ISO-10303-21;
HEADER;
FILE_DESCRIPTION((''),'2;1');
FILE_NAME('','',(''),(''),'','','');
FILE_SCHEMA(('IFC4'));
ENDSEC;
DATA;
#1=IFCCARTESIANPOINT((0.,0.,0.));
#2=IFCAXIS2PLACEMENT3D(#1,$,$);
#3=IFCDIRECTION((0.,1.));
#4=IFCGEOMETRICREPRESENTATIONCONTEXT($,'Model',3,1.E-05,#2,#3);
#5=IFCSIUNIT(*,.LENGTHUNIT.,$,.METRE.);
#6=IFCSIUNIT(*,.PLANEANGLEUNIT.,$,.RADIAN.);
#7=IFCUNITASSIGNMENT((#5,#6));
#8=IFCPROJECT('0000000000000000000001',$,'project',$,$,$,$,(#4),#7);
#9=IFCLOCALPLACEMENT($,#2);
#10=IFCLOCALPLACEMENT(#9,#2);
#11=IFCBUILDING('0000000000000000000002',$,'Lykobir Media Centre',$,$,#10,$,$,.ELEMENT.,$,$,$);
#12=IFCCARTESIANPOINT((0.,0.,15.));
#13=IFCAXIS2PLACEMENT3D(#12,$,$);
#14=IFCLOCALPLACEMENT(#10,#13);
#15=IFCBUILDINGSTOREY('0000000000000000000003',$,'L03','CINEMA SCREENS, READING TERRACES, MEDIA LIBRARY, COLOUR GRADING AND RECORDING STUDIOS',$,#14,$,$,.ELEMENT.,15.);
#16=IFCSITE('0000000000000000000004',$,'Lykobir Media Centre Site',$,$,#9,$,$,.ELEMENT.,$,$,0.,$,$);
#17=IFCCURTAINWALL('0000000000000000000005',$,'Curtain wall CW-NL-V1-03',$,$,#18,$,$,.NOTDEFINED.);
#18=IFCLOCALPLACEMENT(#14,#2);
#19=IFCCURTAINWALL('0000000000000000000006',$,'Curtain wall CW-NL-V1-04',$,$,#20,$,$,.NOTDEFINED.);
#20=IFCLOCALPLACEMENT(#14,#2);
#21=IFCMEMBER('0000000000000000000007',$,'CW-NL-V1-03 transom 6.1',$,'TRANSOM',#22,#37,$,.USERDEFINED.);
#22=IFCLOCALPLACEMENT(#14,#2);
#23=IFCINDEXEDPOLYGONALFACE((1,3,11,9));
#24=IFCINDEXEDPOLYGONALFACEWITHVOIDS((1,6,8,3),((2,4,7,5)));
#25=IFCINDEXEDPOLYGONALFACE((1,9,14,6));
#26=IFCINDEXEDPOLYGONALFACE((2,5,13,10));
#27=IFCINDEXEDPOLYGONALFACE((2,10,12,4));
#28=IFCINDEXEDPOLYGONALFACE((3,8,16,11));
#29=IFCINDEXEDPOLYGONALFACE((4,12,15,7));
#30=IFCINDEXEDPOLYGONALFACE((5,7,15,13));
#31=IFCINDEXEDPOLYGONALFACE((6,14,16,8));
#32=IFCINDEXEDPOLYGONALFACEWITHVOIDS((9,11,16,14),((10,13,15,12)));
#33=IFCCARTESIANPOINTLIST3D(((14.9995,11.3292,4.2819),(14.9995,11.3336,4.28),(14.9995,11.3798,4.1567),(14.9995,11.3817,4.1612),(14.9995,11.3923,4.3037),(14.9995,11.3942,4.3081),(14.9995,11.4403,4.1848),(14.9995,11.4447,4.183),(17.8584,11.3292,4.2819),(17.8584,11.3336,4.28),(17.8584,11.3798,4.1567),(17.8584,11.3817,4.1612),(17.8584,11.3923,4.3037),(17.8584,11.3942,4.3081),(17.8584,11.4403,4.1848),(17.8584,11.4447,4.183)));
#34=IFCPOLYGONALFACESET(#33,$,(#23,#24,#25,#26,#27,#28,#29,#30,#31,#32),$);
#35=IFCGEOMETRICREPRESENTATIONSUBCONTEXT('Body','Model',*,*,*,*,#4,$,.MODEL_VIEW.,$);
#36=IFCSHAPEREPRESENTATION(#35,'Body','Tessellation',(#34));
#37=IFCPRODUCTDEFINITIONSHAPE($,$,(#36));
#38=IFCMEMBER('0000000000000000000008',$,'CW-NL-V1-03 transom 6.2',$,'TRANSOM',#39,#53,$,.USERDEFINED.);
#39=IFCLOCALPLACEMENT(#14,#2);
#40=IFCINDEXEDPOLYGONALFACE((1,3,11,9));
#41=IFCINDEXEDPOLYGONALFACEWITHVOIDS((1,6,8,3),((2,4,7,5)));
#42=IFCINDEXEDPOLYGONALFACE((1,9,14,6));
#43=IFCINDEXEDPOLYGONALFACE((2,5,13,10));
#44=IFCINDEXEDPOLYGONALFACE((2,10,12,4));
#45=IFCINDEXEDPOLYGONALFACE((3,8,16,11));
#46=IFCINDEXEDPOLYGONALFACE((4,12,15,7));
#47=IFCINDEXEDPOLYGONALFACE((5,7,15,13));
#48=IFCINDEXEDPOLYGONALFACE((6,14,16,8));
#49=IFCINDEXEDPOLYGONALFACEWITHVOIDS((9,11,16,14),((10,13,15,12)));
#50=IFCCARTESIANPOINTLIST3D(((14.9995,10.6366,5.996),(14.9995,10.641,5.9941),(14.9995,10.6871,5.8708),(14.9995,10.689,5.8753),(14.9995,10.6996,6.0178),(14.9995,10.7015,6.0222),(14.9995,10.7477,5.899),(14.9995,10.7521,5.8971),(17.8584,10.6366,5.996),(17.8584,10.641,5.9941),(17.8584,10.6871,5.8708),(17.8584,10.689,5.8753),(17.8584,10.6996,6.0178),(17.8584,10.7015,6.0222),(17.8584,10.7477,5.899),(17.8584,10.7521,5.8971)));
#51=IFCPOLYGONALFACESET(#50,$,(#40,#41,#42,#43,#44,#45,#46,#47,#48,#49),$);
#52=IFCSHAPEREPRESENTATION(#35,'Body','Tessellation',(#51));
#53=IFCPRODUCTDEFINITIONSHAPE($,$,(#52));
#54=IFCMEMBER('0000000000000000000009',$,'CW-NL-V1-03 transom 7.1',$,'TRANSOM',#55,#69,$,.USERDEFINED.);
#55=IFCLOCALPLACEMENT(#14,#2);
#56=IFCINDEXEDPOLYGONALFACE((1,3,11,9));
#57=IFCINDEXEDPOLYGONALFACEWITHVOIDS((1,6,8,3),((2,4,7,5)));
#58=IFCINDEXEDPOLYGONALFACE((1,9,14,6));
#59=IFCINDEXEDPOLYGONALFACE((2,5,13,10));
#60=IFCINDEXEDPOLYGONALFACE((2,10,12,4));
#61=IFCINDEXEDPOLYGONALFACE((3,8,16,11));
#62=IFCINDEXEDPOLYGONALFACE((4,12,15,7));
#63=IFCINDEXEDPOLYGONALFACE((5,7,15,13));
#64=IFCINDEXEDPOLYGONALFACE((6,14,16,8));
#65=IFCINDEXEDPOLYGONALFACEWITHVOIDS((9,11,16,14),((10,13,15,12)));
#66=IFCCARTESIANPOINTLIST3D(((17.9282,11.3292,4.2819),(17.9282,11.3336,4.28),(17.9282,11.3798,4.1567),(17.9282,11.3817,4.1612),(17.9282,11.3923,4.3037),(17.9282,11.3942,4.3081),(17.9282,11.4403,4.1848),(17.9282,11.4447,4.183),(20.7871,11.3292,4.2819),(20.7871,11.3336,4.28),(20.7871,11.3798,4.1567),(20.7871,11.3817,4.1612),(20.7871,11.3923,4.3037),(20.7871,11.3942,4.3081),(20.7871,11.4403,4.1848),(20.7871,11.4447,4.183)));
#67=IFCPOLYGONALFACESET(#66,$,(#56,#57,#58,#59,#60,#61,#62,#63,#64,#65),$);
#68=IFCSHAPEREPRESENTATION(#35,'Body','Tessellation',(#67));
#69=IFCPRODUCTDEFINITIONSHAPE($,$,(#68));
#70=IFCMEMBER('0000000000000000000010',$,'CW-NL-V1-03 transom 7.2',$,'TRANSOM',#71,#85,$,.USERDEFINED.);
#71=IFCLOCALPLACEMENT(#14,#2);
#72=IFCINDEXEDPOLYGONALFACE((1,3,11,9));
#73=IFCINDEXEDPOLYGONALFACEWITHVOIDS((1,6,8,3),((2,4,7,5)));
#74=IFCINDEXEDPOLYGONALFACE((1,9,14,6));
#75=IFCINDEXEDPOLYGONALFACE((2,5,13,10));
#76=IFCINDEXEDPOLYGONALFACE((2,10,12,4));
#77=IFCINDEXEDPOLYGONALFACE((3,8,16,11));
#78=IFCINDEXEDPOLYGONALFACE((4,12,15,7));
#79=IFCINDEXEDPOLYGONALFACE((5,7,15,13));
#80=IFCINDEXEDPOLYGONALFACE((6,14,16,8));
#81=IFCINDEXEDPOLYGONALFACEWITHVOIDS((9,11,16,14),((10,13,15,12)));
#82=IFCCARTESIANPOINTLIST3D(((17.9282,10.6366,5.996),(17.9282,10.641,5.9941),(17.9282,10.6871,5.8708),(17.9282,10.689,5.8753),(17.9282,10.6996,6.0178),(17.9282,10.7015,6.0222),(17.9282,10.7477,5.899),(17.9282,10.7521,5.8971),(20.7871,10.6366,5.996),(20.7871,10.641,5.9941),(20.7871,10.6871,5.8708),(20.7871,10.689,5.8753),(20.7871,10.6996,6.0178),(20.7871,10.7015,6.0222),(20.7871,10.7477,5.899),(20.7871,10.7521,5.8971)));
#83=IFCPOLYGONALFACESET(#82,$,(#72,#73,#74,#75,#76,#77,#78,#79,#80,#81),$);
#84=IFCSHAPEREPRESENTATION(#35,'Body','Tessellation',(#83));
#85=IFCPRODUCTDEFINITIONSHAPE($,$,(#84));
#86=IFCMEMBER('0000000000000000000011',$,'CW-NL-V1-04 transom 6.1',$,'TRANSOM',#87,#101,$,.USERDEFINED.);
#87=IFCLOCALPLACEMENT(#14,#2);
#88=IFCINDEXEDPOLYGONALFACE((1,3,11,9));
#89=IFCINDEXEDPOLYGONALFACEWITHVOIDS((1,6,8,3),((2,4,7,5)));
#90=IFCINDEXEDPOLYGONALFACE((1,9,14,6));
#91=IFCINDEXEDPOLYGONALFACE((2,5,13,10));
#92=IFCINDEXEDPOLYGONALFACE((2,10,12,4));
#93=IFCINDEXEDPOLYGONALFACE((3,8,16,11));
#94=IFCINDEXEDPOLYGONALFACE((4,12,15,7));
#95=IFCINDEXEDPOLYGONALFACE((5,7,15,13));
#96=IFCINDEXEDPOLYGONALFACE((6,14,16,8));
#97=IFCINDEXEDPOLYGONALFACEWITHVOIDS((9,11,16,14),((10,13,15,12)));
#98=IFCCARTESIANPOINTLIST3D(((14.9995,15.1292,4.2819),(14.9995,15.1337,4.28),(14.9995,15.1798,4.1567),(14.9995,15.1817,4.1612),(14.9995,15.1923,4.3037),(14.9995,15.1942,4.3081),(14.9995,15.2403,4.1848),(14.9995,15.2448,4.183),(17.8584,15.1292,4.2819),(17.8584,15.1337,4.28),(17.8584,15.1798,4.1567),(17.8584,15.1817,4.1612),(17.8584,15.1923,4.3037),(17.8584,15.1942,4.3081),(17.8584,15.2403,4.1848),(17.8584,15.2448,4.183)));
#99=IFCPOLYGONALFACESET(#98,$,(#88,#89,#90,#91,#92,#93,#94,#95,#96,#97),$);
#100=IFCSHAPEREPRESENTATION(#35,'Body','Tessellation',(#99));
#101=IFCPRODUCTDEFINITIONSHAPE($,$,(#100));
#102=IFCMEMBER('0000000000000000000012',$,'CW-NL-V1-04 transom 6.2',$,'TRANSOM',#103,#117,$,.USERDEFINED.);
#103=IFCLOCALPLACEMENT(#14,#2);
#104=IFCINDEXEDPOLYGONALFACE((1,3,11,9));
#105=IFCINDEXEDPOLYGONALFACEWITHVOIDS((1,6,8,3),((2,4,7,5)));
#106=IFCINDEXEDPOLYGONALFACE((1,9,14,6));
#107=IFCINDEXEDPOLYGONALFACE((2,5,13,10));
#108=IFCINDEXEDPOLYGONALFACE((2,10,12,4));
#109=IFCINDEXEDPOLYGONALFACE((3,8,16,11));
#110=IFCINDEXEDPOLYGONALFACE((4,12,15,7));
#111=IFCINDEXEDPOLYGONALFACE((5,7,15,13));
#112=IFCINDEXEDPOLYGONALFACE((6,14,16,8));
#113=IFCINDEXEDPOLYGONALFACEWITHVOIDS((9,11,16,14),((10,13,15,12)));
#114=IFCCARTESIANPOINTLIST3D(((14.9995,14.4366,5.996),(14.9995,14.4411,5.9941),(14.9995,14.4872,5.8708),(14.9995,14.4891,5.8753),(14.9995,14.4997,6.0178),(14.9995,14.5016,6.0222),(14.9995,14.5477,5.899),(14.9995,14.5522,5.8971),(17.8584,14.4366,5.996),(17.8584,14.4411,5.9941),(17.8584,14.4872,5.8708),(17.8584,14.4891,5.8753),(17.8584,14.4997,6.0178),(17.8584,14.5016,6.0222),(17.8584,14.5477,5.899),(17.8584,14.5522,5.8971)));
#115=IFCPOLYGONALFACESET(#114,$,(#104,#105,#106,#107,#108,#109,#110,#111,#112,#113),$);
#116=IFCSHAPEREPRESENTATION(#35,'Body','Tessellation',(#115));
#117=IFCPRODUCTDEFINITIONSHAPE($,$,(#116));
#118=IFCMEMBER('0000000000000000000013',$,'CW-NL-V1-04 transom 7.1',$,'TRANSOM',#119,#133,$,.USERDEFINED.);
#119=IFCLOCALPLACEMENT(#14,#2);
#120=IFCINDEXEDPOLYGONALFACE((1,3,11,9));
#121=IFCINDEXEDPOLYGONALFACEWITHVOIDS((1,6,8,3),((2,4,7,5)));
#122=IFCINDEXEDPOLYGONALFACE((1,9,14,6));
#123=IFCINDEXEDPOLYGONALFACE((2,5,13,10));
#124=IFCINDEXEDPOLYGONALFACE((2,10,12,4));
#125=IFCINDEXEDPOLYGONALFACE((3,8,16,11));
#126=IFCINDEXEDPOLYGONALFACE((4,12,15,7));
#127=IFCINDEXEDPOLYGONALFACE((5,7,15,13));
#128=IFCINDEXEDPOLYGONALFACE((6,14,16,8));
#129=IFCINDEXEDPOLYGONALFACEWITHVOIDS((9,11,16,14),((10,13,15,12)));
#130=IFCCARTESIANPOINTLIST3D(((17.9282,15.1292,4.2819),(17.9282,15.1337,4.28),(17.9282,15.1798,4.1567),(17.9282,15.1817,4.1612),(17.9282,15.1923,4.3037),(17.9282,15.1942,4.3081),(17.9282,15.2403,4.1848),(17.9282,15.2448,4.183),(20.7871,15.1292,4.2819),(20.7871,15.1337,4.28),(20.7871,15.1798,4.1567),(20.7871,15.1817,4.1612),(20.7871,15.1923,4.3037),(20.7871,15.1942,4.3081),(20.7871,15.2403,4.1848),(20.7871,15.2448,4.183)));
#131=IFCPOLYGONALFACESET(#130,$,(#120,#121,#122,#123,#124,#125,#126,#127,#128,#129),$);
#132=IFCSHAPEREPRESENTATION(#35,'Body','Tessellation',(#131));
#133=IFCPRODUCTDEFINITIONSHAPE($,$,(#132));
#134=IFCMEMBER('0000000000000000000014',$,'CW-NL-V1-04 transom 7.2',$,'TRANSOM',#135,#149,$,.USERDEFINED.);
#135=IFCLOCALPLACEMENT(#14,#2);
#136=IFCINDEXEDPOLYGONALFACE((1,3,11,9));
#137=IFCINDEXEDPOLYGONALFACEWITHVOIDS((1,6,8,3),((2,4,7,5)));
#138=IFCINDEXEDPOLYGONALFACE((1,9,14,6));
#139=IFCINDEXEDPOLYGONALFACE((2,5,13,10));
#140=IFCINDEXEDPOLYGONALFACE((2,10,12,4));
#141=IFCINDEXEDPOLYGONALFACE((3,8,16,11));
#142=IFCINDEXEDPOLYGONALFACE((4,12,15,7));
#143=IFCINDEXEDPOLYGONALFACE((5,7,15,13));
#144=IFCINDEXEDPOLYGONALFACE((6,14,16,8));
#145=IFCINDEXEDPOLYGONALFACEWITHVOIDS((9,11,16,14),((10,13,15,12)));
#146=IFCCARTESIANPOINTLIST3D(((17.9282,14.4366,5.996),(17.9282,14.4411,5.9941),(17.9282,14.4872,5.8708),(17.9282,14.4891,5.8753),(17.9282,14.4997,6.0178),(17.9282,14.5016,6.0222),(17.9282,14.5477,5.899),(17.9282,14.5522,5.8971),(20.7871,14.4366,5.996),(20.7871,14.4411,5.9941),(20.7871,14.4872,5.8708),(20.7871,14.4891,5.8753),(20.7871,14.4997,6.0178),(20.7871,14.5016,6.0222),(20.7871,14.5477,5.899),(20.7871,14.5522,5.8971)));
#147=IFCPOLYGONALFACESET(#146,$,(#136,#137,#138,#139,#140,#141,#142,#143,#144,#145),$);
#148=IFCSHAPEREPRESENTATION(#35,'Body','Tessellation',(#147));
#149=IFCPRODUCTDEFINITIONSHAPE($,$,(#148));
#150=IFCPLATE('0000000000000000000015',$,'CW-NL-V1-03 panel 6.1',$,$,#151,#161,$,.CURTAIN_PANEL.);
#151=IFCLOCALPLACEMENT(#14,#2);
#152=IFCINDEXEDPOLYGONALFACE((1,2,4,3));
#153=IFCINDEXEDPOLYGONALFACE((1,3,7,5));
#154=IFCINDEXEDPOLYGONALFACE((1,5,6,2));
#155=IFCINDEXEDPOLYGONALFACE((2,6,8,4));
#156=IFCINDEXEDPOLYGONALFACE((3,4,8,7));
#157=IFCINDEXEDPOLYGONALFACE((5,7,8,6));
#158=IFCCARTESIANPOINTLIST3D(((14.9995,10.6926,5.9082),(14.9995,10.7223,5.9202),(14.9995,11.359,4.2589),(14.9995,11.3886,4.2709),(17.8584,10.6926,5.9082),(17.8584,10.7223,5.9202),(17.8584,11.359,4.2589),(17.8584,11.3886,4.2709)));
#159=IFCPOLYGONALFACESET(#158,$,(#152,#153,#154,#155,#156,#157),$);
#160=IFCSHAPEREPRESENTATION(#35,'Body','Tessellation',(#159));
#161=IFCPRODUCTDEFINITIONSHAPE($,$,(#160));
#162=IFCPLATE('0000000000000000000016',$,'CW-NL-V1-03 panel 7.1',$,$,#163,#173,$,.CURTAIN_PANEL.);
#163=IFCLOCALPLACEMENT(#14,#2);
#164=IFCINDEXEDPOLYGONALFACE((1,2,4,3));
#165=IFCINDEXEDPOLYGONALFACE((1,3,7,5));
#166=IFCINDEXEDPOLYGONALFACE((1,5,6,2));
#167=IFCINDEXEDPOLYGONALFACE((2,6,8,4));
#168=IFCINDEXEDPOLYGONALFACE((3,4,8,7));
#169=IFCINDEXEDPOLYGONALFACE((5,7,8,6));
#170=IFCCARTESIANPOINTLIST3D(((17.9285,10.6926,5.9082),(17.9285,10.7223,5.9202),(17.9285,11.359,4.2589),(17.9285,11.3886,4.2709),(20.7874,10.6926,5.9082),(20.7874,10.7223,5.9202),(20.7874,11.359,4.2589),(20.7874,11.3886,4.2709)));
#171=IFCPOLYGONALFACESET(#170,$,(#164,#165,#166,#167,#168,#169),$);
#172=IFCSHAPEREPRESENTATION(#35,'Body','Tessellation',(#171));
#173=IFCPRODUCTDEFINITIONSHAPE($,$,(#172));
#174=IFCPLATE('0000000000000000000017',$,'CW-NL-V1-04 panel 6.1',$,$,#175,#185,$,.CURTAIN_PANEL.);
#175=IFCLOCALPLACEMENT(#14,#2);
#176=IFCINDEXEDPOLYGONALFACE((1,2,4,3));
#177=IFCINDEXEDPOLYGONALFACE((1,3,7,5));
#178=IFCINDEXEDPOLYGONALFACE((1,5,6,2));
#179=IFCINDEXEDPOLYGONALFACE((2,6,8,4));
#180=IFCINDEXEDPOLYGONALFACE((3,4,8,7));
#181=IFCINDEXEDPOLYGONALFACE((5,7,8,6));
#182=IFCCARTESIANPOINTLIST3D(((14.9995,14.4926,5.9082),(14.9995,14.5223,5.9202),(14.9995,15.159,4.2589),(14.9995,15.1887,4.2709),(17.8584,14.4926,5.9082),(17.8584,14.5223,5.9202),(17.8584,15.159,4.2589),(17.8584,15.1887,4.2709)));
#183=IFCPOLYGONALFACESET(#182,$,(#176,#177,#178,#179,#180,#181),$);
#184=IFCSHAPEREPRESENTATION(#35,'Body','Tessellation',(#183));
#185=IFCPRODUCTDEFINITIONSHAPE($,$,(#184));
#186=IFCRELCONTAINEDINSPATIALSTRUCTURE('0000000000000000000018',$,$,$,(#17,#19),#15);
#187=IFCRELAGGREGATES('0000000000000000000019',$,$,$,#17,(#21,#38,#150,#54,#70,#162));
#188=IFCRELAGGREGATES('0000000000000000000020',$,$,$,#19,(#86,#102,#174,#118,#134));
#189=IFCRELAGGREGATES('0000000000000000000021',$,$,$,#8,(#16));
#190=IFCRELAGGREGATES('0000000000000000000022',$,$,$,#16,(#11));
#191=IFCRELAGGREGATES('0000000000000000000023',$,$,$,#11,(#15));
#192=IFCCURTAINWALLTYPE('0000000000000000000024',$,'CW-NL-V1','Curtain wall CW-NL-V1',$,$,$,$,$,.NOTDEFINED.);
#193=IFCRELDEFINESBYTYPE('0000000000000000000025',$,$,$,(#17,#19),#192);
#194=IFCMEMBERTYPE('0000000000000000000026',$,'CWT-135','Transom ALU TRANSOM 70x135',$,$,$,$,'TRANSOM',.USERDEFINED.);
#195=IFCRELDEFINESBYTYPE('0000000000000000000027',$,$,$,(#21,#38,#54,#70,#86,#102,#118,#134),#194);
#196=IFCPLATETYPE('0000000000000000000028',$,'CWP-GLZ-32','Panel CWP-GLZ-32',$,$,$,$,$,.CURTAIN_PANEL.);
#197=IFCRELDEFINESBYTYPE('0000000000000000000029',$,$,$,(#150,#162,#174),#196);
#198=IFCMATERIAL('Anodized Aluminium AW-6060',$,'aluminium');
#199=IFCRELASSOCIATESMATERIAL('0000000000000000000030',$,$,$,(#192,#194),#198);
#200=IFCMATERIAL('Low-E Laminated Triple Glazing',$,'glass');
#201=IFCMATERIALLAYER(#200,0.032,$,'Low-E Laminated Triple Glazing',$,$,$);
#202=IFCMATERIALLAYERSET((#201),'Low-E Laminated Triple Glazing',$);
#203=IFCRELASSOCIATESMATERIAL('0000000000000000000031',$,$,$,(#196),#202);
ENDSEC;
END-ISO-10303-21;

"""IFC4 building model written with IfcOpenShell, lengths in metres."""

from ifc_helpers import new_model, si_unit, direction, frame, origin, origin_2d, place, context, subcontext, project, spatial, rectangle, hollow_rectangle, extrude, material, layer, layer_set, material_profile, profile_set, type_object, element, aggregate, save


model = new_model("IFC4")

# Units and contexts
model_context = context("Model", 3, precision=1e-05, world=origin(), true_north=direction((0.0, 1.0)))
body_context = subcontext(model_context, "Body", "Model", "MODEL_VIEW")
ifc_project = project(units=[si_unit("LENGTHUNIT", "METRE"), si_unit("PLANEANGLEUNIT", "RADIAN")], contexts=[model_context])

# Site, building, storey
site_placement = place(None, origin())
site = spatial("IfcSite", under=ifc_project, at=site_placement, Name="Lykobir Media Centre Site", CompositionType="ELEMENT", RefElevation=0.0)
building_placement = place(site_placement, origin())
building = spatial("IfcBuilding", under=site, at=building_placement, Name="Lykobir Media Centre", CompositionType="ELEMENT")
storey_placement = place(building_placement, frame((0.0, 0.0, 15.0)))
storey = spatial("IfcBuildingStorey", under=building, at=storey_placement, Name="L03", Description="CINEMA SCREENS, READING TERRACES, MEDIA LIBRARY, COLOUR GRADING AND RECORDING STUDIOS", CompositionType="ELEMENT", Elevation=15.0)

# Curtain walls
ifc_material_1 = material(Name="Anodized Aluminium AW-6060", Category="aluminium")
curtain_wall_type = type_object("IfcCurtainWallType", Name="CW-NL-V1", Description="Curtain wall CW-NL-V1", PredefinedType="NOTDEFINED", material=ifc_material_1)
curtain_wall_1_placement = place(storey_placement, origin())
curtain_wall_1 = element("IfcCurtainWall", 1, at=curtain_wall_1_placement, inside=storey, type_object=curtain_wall_type, Name="Curtain wall CW-NL-V1-03", PredefinedType="NOTDEFINED")
curtain_wall_2_placement = place(storey_placement, origin())
curtain_wall_2 = element("IfcCurtainWall", 2, at=curtain_wall_2_placement, inside=storey, type_object=curtain_wall_type, Name="Curtain wall CW-NL-V1-04", PredefinedType="NOTDEFINED")

# Members
ifc_material_profile_1 = material_profile(ifc_material_1, hollow_rectangle(XDim=0.0701, YDim=0.135, WallThickness=0.0034, at=origin_2d()), Name="ALU TRANSOM 70x135")
ifc_profile_set_1 = profile_set([ifc_material_profile_1], Name="Anodized Aluminium AW-6060")
member_type_1 = type_object("IfcMemberType", Name="CWT-135", Description="Transom ALU TRANSOM 70x135", ElementType="TRANSOM", PredefinedType="USERDEFINED", material=ifc_profile_set_1)
member_1_placement = place(storey_placement, frame((14.9995, 11.387, 4.2324), z_axis=(1.0, 0.0, 0.0), x_axis=(0.0, 0.927184, 0.374607)))
member_1 = element("IfcMember", 3, at=member_1_placement, type_object=member_type_1, Name="CW-NL-V1-03 transom 6.1", ObjectType="TRANSOM", PredefinedType="USERDEFINED", context=body_context, shape_type="SweptSolid", body=[
    extrude(hollow_rectangle(XDim=0.0701, YDim=0.135, WallThickness=0.0034, at=origin_2d()), origin(), (0.0, 0.0, 1.0), 2.8589),
])
member_2_placement = place(storey_placement, frame((14.9995, 10.6943, 5.9465), z_axis=(1.0, 0.0, 0.0), x_axis=(0.0, 0.927184, 0.374607)))
member_2 = element("IfcMember", 4, at=member_2_placement, type_object=member_type_1, Name="CW-NL-V1-03 transom 6.2", ObjectType="TRANSOM", PredefinedType="USERDEFINED", context=body_context, shape_type="SweptSolid", body=[
    extrude(hollow_rectangle(XDim=0.0701, YDim=0.135, WallThickness=0.0034, at=origin_2d()), origin(), (0.0, 0.0, 1.0), 2.8589),
])
member_3_placement = place(storey_placement, frame((17.9282, 11.387, 4.2324), z_axis=(1.0, 0.0, 0.0), x_axis=(0.0, 0.927184, 0.374607)))
member_3 = element("IfcMember", 5, at=member_3_placement, type_object=member_type_1, Name="CW-NL-V1-03 transom 7.1", ObjectType="TRANSOM", PredefinedType="USERDEFINED", context=body_context, shape_type="SweptSolid", body=[
    extrude(hollow_rectangle(XDim=0.0701, YDim=0.135, WallThickness=0.0034, at=origin_2d()), origin(), (0.0, 0.0, 1.0), 2.8589),
])
member_4_placement = place(storey_placement, frame((17.9282, 10.6943, 5.9465), z_axis=(1.0, 0.0, 0.0), x_axis=(0.0, 0.927184, 0.374607)))
member_4 = element("IfcMember", 6, at=member_4_placement, type_object=member_type_1, Name="CW-NL-V1-03 transom 7.2", ObjectType="TRANSOM", PredefinedType="USERDEFINED", context=body_context, shape_type="SweptSolid", body=[
    extrude(hollow_rectangle(XDim=0.0701, YDim=0.135, WallThickness=0.0034, at=origin_2d()), origin(), (0.0, 0.0, 1.0), 2.8589),
])
member_5_placement = place(storey_placement, frame((14.9995, 15.187, 4.2324), z_axis=(1.0, 0.0, 0.0), x_axis=(0.0, 0.927184, 0.374607)))
member_5 = element("IfcMember", 7, at=member_5_placement, type_object=member_type_1, Name="CW-NL-V1-04 transom 6.1", ObjectType="TRANSOM", PredefinedType="USERDEFINED", context=body_context, shape_type="SweptSolid", body=[
    extrude(hollow_rectangle(XDim=0.0701, YDim=0.135, WallThickness=0.0034, at=origin_2d()), origin(), (0.0, 0.0, 1.0), 2.8589),
])
member_6_placement = place(storey_placement, frame((14.9995, 14.4944, 5.9465), z_axis=(1.0, 0.0, 0.0), x_axis=(0.0, 0.927184, 0.374607)))
member_6 = element("IfcMember", 8, at=member_6_placement, type_object=member_type_1, Name="CW-NL-V1-04 transom 6.2", ObjectType="TRANSOM", PredefinedType="USERDEFINED", context=body_context, shape_type="SweptSolid", body=[
    extrude(hollow_rectangle(XDim=0.0701, YDim=0.135, WallThickness=0.0034, at=origin_2d()), origin(), (0.0, 0.0, 1.0), 2.8589),
])
member_7_placement = place(storey_placement, frame((17.9282, 15.187, 4.2324), z_axis=(1.0, 0.0, 0.0), x_axis=(0.0, 0.927184, 0.374607)))
member_7 = element("IfcMember", 9, at=member_7_placement, type_object=member_type_1, Name="CW-NL-V1-04 transom 7.1", ObjectType="TRANSOM", PredefinedType="USERDEFINED", context=body_context, shape_type="SweptSolid", body=[
    extrude(hollow_rectangle(XDim=0.0701, YDim=0.135, WallThickness=0.0034, at=origin_2d()), origin(), (0.0, 0.0, 1.0), 2.8589),
])
member_8_placement = place(storey_placement, frame((17.9282, 14.4944, 5.9465), z_axis=(1.0, 0.0, 0.0), x_axis=(0.0, 0.927184, 0.374607)))
member_8 = element("IfcMember", 10, at=member_8_placement, type_object=member_type_1, Name="CW-NL-V1-04 transom 7.2", ObjectType="TRANSOM", PredefinedType="USERDEFINED", context=body_context, shape_type="SweptSolid", body=[
    extrude(hollow_rectangle(XDim=0.0701, YDim=0.135, WallThickness=0.0034, at=origin_2d()), origin(), (0.0, 0.0, 1.0), 2.8589),
])

# Plates
ifc_material_2 = material(Name="Low-E Laminated Triple Glazing", Category="glass")
ifc_layer_1 = layer(ifc_material_2, 0.032, Name="Low-E Laminated Triple Glazing")
ifc_layer_set_1 = layer_set([ifc_layer_1], Name="Low-E Laminated Triple Glazing")
plate_type_1 = type_object("IfcPlateType", Name="CWP-GLZ-32", Description="Panel CWP-GLZ-32", PredefinedType="CURTAIN_PANEL", material=ifc_layer_set_1)
plate_1_placement = place(storey_placement, frame((16.429, 11.3738, 4.2649), z_axis=(0.0, -0.374607, 0.927184), x_axis=(1.0, 0.0, 0.0)))
plate_1 = element("IfcPlate", 11, at=plate_1_placement, type_object=plate_type_1, Name="CW-NL-V1-03 panel 6.1", PredefinedType="CURTAIN_PANEL", context=body_context, shape_type="SweptSolid", body=[
    extrude(rectangle(XDim=2.8589, YDim=0.032, at=origin_2d()), origin(), (0.0, 0.0, 1.0), 1.7788),
])
plate_2_placement = place(storey_placement, frame((19.3579, 11.3738, 4.2649), z_axis=(0.0, -0.374607, 0.927184), x_axis=(1.0, 0.0, 0.0)))
plate_2 = element("IfcPlate", 12, at=plate_2_placement, type_object=plate_type_1, Name="CW-NL-V1-03 panel 7.1", PredefinedType="CURTAIN_PANEL", context=body_context, shape_type="SweptSolid", body=[
    extrude(rectangle(XDim=2.8589, YDim=0.032, at=origin_2d()), origin(), (0.0, 0.0, 1.0), 1.7788),
])
aggregate(curtain_wall_1, [member_1, member_2, plate_1, member_3, member_4, plate_2])
plate_3_placement = place(storey_placement, frame((16.429, 15.1738, 4.2649), z_axis=(0.0, -0.374607, 0.927184), x_axis=(1.0, 0.0, 0.0)))
plate_3 = element("IfcPlate", 13, at=plate_3_placement, type_object=plate_type_1, Name="CW-NL-V1-04 panel 6.1", PredefinedType="CURTAIN_PANEL", context=body_context, shape_type="SweptSolid", body=[
    extrude(rectangle(XDim=2.8589, YDim=0.032, at=origin_2d()), origin(), (0.0, 0.0, 1.0), 1.7788),
])
aggregate(curtain_wall_2, [member_5, member_6, plate_3, member_7, member_8])

save(model, "model.ifc")
